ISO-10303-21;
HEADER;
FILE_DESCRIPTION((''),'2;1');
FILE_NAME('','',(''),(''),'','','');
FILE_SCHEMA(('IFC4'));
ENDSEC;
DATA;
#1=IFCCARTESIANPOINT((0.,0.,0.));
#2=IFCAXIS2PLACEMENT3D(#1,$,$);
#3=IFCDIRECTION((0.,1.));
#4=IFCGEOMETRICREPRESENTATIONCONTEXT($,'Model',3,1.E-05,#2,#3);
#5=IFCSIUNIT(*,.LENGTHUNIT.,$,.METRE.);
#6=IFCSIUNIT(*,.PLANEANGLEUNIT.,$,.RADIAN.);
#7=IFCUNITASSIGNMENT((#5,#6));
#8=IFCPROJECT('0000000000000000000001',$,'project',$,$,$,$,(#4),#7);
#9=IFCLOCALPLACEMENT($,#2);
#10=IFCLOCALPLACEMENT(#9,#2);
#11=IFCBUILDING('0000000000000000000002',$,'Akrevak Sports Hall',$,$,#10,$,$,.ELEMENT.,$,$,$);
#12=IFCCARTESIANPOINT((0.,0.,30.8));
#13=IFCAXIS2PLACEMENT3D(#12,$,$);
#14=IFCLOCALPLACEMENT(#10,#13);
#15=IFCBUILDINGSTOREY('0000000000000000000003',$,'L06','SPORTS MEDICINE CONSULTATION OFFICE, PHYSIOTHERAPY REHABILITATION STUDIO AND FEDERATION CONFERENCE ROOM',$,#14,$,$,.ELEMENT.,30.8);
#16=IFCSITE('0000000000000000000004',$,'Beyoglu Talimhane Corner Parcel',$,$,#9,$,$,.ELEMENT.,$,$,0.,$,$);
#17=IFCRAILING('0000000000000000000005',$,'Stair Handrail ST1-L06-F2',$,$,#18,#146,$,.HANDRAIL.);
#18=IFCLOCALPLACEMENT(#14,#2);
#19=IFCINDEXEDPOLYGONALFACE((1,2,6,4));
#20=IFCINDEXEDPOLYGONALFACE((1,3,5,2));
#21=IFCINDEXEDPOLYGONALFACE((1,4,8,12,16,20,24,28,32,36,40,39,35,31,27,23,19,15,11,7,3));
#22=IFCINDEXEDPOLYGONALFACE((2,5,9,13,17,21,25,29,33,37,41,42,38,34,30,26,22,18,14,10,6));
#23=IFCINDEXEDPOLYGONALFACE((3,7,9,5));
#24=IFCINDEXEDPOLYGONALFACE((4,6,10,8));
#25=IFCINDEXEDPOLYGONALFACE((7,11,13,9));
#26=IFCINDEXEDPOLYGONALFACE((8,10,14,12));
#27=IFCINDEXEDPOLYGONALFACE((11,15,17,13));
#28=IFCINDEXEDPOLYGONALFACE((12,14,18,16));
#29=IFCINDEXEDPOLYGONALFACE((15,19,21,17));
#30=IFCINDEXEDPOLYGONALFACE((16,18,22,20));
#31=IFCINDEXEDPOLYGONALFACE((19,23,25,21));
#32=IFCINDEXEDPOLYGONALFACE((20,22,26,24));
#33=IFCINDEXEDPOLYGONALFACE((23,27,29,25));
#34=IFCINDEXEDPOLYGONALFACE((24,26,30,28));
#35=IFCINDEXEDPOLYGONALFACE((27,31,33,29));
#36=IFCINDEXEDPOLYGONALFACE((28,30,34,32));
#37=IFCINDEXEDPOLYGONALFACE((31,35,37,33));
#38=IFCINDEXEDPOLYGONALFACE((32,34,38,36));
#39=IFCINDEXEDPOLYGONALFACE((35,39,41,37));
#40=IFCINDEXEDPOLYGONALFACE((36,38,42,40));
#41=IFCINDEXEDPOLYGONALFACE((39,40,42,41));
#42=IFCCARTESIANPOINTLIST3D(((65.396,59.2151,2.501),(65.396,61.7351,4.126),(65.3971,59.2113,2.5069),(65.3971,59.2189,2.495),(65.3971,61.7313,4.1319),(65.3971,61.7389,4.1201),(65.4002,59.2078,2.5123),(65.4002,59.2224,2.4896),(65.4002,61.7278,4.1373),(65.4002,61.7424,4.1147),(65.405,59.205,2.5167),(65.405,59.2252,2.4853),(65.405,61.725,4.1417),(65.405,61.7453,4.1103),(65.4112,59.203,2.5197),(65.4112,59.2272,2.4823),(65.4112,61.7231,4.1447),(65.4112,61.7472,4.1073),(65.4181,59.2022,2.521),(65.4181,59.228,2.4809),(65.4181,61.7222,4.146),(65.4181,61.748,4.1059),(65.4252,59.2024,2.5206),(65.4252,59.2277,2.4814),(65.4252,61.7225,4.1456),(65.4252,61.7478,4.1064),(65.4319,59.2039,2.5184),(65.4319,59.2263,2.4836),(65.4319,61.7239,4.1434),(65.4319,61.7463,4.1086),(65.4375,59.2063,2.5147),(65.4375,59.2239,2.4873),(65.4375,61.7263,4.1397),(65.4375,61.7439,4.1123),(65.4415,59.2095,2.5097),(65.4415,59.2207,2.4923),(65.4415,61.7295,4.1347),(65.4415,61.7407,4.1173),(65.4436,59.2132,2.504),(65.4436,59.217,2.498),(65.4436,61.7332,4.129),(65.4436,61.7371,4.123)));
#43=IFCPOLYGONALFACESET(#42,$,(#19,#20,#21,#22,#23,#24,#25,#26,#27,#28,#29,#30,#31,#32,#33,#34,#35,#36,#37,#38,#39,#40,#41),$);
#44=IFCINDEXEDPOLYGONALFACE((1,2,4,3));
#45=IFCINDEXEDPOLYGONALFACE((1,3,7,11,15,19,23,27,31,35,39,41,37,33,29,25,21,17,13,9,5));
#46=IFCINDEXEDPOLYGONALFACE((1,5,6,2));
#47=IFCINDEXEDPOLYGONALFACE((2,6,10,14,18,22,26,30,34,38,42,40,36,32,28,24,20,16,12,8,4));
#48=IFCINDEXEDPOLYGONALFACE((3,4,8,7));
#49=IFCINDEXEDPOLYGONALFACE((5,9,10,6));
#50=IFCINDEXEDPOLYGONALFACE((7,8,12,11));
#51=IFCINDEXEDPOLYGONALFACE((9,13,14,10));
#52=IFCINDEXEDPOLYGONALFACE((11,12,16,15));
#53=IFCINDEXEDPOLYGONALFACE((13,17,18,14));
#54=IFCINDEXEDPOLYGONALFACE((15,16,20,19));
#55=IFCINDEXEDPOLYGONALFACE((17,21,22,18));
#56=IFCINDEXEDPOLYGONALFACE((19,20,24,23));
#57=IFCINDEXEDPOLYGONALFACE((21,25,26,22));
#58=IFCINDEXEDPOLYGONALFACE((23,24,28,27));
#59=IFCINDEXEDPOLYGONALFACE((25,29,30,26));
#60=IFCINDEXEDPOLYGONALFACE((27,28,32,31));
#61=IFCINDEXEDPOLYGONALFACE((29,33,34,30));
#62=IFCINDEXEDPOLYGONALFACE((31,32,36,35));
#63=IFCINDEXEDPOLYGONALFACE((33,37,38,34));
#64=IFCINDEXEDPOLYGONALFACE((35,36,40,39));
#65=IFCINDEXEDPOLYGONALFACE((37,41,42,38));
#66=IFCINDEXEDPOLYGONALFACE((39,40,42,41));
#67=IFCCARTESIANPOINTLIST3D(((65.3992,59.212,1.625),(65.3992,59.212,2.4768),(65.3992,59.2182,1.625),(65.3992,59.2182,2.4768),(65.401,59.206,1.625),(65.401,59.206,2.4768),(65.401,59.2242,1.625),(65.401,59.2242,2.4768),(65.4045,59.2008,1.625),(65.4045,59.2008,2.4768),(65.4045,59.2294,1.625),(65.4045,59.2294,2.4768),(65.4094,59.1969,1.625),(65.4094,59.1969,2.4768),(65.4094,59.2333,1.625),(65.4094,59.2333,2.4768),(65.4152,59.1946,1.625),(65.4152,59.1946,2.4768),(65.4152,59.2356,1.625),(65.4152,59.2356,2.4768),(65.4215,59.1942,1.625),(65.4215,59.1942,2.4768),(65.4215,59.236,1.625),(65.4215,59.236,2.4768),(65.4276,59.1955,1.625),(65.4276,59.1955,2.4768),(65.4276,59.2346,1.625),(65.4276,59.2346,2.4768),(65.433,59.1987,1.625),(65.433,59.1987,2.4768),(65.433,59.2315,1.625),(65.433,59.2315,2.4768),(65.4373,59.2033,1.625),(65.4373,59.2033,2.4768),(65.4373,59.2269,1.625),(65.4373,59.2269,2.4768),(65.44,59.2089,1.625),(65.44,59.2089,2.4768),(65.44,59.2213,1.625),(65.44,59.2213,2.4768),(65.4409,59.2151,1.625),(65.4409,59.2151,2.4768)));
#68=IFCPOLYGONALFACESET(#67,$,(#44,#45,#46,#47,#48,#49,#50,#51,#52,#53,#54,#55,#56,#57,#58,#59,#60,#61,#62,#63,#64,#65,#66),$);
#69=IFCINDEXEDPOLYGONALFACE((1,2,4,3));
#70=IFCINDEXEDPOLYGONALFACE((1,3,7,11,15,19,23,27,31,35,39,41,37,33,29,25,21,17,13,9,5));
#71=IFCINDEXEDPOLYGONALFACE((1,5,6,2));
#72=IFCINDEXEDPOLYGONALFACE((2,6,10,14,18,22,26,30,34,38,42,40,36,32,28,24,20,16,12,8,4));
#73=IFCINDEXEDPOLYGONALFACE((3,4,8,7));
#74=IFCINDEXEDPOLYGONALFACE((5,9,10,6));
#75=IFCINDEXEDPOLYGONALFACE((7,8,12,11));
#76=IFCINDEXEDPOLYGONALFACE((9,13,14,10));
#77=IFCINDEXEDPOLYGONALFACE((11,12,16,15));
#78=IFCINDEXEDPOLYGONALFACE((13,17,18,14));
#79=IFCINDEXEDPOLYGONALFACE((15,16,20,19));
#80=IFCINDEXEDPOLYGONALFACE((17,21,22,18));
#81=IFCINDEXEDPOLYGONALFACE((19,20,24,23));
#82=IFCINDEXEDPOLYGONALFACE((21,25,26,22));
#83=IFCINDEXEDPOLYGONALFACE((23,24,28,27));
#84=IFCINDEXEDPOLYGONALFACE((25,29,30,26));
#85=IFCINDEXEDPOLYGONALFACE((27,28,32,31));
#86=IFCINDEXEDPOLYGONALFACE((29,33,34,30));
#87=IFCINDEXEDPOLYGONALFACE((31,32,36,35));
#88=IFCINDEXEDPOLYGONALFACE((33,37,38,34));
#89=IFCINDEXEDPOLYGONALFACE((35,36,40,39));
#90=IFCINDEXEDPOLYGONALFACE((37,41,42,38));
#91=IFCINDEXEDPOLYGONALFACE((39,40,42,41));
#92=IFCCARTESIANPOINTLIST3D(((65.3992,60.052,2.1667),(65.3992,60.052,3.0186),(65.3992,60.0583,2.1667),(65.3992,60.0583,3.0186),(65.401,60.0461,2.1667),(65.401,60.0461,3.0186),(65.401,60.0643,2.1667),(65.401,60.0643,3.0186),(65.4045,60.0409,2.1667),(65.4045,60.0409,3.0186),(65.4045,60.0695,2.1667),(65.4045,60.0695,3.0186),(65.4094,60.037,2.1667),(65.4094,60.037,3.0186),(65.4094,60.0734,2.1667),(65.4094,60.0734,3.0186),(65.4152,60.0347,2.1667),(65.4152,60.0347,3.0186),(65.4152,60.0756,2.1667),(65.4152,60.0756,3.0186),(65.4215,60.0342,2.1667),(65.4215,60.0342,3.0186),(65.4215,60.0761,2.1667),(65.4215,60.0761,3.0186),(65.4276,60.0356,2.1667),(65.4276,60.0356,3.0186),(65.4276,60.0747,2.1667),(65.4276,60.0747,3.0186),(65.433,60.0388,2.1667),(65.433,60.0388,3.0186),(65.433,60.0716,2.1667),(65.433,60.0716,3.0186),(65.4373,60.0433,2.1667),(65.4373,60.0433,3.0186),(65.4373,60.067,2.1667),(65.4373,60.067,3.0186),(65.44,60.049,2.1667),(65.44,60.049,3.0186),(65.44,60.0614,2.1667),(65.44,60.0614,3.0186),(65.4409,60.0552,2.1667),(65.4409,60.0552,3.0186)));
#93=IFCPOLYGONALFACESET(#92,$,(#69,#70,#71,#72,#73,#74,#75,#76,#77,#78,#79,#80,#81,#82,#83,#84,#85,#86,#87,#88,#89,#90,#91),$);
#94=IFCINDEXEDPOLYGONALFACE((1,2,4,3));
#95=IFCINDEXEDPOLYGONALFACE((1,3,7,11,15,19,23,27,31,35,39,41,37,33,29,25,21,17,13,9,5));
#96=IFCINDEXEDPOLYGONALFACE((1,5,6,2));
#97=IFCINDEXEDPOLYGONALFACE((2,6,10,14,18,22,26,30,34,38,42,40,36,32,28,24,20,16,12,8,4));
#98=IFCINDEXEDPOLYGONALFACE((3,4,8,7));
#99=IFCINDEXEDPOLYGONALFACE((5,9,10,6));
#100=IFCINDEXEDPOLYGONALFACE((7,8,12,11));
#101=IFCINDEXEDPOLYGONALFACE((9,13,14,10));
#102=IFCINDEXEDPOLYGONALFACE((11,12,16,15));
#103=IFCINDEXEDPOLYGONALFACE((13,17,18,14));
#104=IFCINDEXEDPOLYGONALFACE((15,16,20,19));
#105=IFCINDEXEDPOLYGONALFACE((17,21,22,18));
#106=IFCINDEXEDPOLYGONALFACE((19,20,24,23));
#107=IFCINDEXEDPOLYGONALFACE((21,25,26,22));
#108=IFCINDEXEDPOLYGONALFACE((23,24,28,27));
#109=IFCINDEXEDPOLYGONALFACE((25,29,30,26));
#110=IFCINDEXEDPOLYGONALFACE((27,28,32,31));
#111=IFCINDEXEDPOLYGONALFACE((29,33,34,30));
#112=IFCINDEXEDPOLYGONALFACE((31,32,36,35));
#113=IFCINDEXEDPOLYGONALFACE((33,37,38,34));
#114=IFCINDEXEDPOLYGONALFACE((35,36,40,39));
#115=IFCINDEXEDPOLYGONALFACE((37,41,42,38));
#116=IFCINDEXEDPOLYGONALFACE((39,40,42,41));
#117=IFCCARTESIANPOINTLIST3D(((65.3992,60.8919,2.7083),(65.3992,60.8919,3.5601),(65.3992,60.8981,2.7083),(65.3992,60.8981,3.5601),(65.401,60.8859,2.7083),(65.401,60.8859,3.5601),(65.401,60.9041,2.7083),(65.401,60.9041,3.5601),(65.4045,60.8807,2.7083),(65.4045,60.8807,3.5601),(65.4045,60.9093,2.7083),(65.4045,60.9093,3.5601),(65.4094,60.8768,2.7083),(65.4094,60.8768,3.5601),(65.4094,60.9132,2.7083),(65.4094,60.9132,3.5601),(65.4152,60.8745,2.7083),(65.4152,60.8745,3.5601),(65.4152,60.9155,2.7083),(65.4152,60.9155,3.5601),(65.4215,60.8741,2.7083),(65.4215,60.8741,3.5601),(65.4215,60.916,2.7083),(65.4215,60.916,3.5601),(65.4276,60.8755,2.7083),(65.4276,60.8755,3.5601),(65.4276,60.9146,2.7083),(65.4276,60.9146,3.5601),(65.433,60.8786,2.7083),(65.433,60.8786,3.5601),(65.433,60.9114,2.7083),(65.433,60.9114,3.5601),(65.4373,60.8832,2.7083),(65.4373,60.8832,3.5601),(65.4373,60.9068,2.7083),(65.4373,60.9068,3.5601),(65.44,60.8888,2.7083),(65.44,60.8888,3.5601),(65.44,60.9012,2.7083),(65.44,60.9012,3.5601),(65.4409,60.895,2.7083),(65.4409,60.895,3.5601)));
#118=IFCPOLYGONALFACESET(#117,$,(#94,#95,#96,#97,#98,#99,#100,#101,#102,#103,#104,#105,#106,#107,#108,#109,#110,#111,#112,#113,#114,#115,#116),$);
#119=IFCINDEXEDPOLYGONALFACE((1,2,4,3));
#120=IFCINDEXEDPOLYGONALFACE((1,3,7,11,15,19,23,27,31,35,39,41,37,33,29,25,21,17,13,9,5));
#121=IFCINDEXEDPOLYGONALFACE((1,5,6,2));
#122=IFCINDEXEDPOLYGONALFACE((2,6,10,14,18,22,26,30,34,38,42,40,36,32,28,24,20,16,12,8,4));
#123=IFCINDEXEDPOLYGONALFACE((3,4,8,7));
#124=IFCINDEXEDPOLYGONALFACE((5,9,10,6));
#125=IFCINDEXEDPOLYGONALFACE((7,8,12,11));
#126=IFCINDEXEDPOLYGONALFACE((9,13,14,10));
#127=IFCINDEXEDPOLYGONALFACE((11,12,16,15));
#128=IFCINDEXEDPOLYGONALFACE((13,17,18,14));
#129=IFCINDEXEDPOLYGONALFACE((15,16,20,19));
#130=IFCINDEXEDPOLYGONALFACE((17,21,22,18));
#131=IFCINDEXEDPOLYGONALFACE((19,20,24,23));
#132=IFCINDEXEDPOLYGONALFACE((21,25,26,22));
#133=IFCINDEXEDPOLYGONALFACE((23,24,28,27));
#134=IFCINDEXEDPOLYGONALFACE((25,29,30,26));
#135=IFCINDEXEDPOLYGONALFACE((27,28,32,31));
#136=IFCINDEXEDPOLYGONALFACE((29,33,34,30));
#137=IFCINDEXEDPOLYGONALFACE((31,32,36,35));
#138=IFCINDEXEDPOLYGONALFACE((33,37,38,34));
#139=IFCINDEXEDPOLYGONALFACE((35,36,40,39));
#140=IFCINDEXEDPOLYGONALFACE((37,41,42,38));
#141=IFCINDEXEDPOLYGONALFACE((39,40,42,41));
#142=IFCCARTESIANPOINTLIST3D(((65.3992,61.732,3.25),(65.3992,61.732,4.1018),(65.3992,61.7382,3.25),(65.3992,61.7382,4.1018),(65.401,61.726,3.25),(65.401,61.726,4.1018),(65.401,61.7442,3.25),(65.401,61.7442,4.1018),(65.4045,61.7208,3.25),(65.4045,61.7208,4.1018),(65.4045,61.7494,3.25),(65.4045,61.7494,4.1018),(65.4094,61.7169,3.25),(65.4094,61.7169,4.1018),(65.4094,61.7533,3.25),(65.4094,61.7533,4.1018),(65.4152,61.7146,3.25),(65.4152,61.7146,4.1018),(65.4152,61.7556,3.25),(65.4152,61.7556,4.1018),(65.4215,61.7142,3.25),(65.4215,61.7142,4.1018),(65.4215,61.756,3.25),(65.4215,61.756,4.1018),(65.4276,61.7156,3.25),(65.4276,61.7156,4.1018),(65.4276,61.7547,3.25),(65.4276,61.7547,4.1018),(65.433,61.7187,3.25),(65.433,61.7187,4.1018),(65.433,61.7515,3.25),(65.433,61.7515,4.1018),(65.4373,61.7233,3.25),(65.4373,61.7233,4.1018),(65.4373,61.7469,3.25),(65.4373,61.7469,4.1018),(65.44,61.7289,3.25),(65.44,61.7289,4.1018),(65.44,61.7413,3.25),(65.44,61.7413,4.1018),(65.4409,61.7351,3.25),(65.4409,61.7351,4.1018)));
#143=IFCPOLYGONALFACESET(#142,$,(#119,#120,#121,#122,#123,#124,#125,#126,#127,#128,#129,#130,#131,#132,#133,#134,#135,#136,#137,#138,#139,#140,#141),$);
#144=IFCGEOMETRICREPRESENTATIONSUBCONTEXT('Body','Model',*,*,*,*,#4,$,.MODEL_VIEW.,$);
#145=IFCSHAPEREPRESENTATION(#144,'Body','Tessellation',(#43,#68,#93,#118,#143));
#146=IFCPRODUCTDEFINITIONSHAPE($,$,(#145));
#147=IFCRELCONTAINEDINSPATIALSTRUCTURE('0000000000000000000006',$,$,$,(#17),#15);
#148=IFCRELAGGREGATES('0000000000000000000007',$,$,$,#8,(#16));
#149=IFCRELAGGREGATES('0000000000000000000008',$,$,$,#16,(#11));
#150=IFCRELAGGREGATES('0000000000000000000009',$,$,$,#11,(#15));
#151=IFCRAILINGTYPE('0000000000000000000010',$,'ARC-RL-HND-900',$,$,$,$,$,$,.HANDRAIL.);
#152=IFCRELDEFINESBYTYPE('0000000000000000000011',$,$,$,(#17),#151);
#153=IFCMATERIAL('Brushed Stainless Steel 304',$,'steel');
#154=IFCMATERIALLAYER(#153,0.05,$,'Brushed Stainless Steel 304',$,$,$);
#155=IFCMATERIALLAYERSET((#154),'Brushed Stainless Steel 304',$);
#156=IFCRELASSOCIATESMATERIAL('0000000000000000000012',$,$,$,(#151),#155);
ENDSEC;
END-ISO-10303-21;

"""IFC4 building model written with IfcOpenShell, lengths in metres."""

from ifc_helpers import new_model, si_unit, direction, frame, origin, origin_2d, place, context, subcontext, project, spatial, circle, extrude, material, layer, layer_set, type_object, element, save


model = new_model("IFC4")

# Units and contexts
model_context = context("Model", 3, precision=1e-05, world=origin(), true_north=direction((0.0, 1.0)))
body_context = subcontext(model_context, "Body", "Model", "MODEL_VIEW")
ifc_project = project(units=[si_unit("LENGTHUNIT", "METRE"), si_unit("PLANEANGLEUNIT", "RADIAN")], contexts=[model_context])

# Site, building, storey
site_placement = place(None, origin())
site = spatial("IfcSite", under=ifc_project, at=site_placement, Name="Beyoglu Talimhane Corner Parcel", CompositionType="ELEMENT", RefElevation=0.0)
building_placement = place(site_placement, origin())
building = spatial("IfcBuilding", under=site, at=building_placement, Name="Akrevak Sports Hall", CompositionType="ELEMENT")
storey_placement = place(building_placement, frame((0.0, 0.0, 30.8)))
storey = spatial("IfcBuildingStorey", under=building, at=storey_placement, Name="L06", Description="SPORTS MEDICINE CONSULTATION OFFICE, PHYSIOTHERAPY REHABILITATION STUDIO AND FEDERATION CONFERENCE ROOM", CompositionType="ELEMENT", Elevation=30.8)

# Shared definitions
ifc_material_1 = material(Name="Brushed Stainless Steel 304", Category="steel")

# Railing
ifc_layer_1 = layer(ifc_material_1, 0.05, Name="Brushed Stainless Steel 304")
ifc_layer_set_1 = layer_set([ifc_layer_1], Name="Brushed Stainless Steel 304")
railing_type_1 = type_object("IfcRailingType", Name="ARC-RL-HND-900", PredefinedType="HANDRAIL", material=ifc_layer_set_1)
railing_1_placement = place(storey_placement, frame((65.4199, 59.2151, 1.625)))
element("IfcRailing", 1, at=railing_1_placement, inside=storey, type_object=railing_type_1, Name="Stair Handrail ST1-L06-F2", PredefinedType="HANDRAIL", context=body_context, shape_type="SweptSolid", body=[
    extrude(circle(Radius=0.0239, at=origin_2d()), frame((0.0, 0.0, 0.876), z_axis=(0.0, 0.840421, 0.541934), x_axis=(-1.0, 0.0, 0.0)), (0.0, 0.0, 1.0), 2.9985),
    extrude(circle(Radius=0.021, at=origin_2d()), origin(), (0.0, 0.0, 1.0), 0.8518),
    extrude(circle(Radius=0.021, at=origin_2d()), frame((0.0, 0.8401, 0.5417)), (0.0, 0.0, 1.0), 0.8518),
    extrude(circle(Radius=0.021, at=origin_2d()), frame((0.0, 1.6799, 1.0833)), (0.0, 0.0, 1.0), 0.8518),
    extrude(circle(Radius=0.021, at=origin_2d()), frame((0.0, 2.52, 1.625)), (0.0, 0.0, 1.0), 0.8518),
])

save(model, "model.ifc")
